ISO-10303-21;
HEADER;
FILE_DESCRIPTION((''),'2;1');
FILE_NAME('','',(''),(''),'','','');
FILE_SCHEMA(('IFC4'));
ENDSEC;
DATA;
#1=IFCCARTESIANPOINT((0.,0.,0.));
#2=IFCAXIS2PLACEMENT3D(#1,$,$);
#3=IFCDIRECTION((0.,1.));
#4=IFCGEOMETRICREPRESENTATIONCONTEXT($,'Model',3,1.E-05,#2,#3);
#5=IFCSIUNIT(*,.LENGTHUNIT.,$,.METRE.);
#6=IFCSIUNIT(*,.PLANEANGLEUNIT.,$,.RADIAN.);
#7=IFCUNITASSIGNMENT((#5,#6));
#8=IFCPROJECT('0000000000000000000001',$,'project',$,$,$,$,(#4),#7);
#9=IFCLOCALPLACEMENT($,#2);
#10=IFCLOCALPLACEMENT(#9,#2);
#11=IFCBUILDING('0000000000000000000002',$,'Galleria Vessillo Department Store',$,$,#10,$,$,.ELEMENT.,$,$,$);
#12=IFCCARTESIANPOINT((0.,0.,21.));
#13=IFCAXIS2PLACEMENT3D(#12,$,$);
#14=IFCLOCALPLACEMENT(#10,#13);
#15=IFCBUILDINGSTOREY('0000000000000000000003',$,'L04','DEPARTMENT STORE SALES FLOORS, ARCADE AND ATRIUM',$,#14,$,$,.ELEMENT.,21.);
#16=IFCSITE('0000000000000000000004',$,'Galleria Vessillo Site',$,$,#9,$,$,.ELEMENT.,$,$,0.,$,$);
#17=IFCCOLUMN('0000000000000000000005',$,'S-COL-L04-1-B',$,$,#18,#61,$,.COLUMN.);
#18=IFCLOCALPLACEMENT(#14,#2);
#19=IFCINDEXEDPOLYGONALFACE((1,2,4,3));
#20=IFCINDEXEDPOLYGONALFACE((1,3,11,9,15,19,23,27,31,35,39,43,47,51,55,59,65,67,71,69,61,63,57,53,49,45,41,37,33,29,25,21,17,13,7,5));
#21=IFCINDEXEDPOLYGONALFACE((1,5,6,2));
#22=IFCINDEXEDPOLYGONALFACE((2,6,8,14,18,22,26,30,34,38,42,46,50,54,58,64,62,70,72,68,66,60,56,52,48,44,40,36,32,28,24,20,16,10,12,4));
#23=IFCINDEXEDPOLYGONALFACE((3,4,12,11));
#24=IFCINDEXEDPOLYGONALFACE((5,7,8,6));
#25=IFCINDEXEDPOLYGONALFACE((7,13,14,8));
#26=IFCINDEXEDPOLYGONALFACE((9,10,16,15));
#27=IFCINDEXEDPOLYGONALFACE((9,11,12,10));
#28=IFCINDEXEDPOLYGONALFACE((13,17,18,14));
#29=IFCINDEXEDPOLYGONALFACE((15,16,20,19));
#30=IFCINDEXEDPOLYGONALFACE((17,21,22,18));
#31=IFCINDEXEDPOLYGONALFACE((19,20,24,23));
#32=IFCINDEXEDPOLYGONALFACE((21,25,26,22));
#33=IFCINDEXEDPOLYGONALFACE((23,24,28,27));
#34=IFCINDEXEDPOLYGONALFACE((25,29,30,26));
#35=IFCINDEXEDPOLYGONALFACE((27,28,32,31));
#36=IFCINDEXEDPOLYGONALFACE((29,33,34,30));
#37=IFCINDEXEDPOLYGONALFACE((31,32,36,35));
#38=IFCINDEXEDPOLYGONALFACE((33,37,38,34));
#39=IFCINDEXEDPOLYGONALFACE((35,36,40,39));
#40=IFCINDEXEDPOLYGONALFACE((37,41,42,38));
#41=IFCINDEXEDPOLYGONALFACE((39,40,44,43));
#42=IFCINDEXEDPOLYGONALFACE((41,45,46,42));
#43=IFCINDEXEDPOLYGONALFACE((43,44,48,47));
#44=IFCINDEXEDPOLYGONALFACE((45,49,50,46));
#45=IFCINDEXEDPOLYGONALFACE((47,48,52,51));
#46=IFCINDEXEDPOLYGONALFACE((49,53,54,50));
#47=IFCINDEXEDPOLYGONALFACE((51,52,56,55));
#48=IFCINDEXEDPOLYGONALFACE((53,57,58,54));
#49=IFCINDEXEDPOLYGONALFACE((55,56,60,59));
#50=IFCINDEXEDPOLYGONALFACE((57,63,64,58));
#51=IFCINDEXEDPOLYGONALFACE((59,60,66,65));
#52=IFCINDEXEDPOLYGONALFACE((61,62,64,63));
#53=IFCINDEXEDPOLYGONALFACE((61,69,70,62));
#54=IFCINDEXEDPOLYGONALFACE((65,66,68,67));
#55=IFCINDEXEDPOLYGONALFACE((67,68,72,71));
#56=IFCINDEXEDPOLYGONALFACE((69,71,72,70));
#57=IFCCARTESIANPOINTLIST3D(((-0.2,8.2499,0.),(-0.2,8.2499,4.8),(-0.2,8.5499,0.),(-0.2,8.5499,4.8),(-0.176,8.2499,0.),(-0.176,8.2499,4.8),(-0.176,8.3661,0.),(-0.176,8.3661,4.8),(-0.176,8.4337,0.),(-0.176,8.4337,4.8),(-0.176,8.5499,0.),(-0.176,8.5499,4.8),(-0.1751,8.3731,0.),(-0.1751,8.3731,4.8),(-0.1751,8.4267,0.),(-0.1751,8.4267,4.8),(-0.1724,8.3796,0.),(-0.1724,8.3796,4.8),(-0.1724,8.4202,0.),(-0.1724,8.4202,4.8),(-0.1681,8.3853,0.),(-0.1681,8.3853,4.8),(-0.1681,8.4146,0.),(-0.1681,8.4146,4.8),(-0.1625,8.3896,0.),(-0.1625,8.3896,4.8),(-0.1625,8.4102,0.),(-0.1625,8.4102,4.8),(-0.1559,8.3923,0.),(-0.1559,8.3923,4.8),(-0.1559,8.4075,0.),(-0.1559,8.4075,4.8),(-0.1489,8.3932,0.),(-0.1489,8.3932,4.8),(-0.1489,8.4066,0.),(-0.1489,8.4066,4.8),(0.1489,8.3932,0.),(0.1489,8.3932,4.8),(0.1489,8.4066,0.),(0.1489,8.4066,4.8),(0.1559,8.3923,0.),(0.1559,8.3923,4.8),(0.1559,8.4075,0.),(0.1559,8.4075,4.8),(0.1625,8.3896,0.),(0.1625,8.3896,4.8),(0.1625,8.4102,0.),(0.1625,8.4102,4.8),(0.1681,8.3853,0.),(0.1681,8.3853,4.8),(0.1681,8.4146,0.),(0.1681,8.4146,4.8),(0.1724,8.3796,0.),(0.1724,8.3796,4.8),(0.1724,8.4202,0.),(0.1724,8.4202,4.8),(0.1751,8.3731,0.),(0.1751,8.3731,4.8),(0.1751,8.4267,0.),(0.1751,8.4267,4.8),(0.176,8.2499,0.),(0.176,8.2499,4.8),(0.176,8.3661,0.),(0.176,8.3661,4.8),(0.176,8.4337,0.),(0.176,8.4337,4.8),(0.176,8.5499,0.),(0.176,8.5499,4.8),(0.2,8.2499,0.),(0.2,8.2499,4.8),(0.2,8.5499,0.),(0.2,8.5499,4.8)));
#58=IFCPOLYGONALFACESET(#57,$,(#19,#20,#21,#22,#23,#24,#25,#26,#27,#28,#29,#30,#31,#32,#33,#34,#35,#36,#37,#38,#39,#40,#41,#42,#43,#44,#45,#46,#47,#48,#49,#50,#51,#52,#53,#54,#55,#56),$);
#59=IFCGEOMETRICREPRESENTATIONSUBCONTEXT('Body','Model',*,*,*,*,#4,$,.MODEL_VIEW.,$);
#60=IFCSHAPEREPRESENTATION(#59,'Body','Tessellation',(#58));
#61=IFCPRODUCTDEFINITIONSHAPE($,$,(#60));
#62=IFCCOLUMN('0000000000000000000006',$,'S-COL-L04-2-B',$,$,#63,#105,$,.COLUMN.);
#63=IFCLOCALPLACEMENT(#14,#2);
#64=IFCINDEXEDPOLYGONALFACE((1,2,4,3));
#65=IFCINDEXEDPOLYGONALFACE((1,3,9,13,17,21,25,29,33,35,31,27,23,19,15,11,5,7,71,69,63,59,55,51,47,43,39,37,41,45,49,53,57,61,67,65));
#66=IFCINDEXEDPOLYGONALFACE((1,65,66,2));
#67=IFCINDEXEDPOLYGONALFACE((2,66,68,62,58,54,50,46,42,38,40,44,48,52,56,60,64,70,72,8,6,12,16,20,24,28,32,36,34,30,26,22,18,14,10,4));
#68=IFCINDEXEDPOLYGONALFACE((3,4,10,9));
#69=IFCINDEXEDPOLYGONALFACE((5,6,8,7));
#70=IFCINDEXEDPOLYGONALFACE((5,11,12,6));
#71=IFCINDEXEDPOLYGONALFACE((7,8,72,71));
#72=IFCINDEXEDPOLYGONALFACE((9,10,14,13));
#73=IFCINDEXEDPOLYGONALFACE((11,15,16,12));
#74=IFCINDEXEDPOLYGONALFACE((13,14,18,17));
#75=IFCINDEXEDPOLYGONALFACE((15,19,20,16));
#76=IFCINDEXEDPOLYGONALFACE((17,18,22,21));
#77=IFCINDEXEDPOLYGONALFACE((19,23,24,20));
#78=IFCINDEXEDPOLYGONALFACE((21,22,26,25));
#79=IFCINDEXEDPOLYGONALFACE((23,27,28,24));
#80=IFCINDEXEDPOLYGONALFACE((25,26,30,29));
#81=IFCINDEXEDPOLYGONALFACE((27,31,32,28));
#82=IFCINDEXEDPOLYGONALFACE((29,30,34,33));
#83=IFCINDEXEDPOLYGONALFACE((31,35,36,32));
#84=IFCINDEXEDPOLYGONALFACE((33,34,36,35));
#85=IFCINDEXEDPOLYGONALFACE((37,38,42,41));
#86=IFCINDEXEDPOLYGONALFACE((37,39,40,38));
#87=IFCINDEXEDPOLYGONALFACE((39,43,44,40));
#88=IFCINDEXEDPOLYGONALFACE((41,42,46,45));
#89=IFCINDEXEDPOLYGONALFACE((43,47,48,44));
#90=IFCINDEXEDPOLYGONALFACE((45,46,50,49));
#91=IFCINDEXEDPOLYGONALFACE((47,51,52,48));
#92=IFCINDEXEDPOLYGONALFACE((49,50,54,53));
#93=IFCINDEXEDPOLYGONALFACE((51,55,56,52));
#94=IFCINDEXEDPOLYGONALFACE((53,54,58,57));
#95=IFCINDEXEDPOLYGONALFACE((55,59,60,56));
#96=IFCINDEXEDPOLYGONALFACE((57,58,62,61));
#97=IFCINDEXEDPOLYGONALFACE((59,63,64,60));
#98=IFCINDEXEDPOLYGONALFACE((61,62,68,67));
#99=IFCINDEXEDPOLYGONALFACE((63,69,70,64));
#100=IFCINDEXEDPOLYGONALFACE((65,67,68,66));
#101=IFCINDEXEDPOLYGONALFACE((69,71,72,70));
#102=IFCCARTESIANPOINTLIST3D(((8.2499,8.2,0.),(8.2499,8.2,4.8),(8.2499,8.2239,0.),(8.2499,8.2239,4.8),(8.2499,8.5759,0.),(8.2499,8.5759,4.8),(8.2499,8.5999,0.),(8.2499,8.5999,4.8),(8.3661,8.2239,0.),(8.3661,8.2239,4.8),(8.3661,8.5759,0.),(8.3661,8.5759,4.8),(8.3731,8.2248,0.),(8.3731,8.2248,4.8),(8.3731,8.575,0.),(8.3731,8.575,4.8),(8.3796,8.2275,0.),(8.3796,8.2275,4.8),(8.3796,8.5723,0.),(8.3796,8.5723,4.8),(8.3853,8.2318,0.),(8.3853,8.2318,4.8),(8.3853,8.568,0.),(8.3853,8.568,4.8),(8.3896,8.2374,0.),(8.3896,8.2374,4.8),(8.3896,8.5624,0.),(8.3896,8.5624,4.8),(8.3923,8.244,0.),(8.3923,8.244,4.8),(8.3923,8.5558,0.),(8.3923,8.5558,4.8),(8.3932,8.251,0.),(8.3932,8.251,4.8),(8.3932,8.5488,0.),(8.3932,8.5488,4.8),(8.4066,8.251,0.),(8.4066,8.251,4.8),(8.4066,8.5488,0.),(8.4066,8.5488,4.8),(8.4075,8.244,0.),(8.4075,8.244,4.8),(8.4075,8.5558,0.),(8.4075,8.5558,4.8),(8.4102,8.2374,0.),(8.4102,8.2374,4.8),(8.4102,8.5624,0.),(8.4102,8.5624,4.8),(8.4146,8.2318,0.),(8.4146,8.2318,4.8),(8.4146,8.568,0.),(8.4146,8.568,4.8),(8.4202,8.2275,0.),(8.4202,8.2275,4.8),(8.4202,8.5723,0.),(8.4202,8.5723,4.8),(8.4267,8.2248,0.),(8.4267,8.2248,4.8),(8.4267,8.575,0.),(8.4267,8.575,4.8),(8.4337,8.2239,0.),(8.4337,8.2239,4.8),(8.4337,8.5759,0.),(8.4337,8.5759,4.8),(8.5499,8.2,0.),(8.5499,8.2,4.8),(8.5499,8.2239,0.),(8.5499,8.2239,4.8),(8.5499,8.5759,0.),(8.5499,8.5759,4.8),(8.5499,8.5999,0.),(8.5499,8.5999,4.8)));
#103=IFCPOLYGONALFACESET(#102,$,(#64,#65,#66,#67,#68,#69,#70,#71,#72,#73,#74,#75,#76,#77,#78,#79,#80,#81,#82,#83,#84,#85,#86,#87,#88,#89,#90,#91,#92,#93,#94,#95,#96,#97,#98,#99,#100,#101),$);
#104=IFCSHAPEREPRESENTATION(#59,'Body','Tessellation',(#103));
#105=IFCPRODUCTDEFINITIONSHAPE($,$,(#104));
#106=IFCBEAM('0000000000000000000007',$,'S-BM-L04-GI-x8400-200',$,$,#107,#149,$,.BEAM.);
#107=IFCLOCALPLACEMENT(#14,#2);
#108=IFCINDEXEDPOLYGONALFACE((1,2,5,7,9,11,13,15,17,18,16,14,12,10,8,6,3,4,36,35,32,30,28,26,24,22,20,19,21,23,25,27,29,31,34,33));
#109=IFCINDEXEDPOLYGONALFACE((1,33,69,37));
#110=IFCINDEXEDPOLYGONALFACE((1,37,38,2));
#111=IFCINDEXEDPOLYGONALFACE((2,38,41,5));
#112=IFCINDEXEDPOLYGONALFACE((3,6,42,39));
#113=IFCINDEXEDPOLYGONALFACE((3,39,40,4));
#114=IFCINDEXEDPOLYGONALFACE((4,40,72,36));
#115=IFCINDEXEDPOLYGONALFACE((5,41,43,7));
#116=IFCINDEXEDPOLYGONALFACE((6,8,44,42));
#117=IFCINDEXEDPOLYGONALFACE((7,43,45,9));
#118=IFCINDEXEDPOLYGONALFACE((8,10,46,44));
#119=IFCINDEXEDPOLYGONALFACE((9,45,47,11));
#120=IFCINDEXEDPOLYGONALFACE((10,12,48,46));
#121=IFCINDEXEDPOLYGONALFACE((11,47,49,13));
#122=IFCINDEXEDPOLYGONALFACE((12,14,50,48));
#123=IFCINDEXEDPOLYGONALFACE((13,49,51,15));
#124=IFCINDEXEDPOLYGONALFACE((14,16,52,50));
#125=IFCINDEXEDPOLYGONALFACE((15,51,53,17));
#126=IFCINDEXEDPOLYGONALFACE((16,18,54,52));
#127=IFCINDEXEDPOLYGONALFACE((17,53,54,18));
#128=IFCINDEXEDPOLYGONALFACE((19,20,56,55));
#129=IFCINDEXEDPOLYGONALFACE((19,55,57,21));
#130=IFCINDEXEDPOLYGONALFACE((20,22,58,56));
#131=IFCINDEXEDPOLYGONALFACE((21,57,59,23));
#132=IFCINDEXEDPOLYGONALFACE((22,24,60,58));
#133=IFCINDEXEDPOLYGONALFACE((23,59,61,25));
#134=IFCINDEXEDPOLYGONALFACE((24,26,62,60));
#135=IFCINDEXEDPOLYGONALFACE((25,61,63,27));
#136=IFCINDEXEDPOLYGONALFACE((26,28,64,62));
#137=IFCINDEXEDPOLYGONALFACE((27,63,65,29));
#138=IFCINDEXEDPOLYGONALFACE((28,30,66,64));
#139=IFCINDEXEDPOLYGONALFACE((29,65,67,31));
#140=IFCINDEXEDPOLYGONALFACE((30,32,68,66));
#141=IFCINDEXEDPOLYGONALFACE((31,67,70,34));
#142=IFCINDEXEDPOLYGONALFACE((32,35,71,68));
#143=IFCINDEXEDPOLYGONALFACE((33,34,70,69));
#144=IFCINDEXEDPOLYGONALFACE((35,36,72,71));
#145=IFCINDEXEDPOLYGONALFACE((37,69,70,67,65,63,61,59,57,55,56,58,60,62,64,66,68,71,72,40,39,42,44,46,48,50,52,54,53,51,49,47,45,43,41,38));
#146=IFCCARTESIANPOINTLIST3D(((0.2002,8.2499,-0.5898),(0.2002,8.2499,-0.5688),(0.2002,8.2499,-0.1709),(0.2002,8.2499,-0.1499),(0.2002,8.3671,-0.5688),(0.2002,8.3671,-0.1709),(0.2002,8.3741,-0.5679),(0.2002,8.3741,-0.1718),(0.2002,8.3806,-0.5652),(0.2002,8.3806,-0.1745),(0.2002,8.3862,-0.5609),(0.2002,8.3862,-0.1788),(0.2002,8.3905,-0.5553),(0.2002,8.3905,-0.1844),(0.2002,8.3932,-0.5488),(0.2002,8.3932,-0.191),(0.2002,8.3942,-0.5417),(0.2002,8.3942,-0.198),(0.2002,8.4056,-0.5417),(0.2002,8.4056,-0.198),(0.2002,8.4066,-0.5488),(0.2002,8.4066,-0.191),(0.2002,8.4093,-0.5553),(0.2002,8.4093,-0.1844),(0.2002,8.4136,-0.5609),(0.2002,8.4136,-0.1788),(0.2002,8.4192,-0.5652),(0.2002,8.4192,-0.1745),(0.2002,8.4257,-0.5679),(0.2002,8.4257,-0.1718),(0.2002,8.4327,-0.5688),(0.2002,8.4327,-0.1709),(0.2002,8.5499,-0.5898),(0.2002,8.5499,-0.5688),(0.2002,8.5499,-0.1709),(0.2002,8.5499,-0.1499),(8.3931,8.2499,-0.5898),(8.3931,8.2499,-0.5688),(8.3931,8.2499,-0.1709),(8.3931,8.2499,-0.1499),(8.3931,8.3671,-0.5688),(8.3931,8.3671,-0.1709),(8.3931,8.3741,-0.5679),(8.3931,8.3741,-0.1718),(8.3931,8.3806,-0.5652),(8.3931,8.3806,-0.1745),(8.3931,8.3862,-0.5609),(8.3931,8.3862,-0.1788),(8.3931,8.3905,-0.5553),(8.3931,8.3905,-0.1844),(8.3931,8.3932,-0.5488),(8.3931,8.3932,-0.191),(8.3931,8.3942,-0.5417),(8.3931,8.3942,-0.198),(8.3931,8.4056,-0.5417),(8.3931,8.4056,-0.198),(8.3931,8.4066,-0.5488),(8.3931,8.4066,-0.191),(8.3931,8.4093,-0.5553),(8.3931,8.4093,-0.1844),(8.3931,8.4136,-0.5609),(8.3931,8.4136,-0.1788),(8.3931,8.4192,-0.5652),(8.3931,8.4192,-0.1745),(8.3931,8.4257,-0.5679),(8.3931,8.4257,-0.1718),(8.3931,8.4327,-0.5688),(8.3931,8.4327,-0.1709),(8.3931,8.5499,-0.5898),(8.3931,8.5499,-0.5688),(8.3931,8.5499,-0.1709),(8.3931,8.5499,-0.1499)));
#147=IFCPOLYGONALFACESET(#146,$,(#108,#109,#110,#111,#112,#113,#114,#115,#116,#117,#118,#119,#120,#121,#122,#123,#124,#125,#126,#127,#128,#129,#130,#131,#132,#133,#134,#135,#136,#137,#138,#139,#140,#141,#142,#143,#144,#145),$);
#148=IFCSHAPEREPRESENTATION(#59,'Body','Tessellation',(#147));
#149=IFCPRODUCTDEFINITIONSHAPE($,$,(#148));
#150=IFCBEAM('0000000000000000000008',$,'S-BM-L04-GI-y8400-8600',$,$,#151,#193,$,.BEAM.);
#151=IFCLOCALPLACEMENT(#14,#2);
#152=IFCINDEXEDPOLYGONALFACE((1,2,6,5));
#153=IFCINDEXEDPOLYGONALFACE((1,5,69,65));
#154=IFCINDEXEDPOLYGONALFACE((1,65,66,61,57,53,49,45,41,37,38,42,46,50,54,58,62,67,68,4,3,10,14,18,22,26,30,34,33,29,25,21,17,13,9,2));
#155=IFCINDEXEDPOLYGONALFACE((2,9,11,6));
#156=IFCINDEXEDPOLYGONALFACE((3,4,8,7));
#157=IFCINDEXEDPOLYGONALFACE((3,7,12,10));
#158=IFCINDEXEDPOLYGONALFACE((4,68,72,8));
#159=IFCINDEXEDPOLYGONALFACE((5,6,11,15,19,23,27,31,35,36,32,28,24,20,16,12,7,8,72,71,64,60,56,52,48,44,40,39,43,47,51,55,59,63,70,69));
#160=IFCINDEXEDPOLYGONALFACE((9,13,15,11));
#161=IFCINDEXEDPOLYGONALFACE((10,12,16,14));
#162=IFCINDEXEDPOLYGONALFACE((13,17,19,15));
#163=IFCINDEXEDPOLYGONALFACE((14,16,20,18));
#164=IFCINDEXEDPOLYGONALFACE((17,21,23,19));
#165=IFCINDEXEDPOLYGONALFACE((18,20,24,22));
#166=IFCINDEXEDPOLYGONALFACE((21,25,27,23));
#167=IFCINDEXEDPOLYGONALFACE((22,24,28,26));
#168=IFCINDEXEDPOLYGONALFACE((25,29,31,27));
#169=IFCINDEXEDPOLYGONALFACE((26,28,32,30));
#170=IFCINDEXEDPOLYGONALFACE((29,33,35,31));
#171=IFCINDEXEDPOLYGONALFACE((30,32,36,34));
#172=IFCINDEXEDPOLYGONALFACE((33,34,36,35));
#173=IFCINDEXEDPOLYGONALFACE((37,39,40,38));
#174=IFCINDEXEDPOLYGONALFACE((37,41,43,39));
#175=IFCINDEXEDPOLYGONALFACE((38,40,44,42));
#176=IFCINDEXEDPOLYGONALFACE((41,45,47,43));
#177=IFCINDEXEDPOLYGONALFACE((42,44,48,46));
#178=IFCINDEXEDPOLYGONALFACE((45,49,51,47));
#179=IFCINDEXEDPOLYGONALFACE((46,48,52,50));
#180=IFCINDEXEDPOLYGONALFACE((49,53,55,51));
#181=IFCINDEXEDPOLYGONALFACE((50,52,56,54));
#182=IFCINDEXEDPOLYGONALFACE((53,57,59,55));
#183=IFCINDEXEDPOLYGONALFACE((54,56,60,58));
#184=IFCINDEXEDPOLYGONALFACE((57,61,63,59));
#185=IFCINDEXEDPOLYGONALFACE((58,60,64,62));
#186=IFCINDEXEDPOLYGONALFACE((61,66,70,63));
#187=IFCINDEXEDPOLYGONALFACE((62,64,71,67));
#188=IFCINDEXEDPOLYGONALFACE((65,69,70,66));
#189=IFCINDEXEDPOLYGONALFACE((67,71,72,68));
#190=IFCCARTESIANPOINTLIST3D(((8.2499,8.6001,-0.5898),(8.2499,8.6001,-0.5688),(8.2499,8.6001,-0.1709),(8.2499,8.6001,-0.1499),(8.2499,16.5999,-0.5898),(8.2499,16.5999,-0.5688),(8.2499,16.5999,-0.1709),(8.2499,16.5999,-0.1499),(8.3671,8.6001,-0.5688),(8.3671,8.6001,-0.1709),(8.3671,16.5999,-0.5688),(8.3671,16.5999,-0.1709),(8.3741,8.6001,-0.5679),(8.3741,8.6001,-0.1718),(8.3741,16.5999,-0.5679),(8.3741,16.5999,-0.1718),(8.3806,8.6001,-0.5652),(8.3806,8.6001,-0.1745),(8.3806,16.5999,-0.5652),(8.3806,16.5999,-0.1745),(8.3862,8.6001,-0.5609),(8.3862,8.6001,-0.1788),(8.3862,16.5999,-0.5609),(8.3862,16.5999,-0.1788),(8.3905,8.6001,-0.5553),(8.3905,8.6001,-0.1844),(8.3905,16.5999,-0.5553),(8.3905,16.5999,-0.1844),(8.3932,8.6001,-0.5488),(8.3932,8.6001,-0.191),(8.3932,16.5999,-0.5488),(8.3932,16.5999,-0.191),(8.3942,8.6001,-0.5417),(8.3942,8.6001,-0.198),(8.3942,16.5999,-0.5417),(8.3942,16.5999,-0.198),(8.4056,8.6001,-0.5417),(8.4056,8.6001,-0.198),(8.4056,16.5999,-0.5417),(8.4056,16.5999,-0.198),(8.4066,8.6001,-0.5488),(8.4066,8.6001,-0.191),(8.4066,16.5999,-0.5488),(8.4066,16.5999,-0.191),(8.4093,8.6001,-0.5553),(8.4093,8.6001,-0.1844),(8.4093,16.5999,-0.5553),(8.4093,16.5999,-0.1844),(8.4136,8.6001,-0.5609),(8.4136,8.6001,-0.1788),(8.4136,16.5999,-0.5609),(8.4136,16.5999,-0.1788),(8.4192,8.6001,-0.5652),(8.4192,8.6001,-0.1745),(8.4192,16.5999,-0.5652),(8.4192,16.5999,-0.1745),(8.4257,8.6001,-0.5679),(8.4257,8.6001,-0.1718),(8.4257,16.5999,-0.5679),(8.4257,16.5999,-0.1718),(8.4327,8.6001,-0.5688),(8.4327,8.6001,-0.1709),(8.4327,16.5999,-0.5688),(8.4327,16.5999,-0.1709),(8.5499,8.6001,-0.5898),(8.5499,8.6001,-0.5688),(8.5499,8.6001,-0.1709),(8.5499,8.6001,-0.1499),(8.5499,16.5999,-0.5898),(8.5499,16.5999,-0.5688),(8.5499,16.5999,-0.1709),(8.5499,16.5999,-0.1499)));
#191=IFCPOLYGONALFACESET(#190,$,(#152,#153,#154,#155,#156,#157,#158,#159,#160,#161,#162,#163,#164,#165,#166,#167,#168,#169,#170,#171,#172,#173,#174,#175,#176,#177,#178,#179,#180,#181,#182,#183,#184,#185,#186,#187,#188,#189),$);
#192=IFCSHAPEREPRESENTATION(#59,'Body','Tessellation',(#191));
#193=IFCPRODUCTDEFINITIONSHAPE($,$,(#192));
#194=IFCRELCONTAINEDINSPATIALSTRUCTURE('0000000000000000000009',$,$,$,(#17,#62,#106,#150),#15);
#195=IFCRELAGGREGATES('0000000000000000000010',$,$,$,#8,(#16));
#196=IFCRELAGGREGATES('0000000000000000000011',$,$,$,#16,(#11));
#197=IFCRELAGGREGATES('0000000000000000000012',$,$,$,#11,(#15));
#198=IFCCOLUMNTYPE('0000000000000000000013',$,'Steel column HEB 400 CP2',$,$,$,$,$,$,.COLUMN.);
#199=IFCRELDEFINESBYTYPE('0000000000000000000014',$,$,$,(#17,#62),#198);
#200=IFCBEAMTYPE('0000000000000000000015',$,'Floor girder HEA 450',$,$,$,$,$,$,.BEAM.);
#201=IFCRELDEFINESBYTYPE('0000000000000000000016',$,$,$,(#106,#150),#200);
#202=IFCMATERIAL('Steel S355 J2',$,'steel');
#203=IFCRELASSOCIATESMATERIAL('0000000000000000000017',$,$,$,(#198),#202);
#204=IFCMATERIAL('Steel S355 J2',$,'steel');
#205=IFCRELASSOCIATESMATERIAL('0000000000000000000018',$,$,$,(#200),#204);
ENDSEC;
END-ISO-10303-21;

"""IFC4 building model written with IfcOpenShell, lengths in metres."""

from ifc_helpers import new_model, si_unit, direction, frame, origin, origin_2d, place, context, subcontext, project, spatial, i_section, extrude, material, material_profile, profile_set, type_object, element, save


model = new_model("IFC4")

# Units and contexts
model_context = context("Model", 3, precision=1e-05, world=origin(), true_north=direction((0.0, 1.0)))
body_context = subcontext(model_context, "Body", "Model", "MODEL_VIEW")
ifc_project = project(units=[si_unit("LENGTHUNIT", "METRE"), si_unit("PLANEANGLEUNIT", "RADIAN")], contexts=[model_context])

# Site, building, storey
site_placement = place(None, origin())
site = spatial("IfcSite", under=ifc_project, at=site_placement, Name="Galleria Vessillo Site", CompositionType="ELEMENT", RefElevation=0.0)
building_placement = place(site_placement, origin())
building = spatial("IfcBuilding", under=site, at=building_placement, Name="Galleria Vessillo Department Store", CompositionType="ELEMENT")
storey_placement = place(building_placement, frame((0.0, 0.0, 21.0)))
storey = spatial("IfcBuildingStorey", under=building, at=storey_placement, Name="L04", Description="DEPARTMENT STORE SALES FLOORS, ARCADE AND ATRIUM", CompositionType="ELEMENT", Elevation=21.0)

# Columns
ifc_material_1 = material(Name="Steel S355 J2", Category="steel")
ifc_material_profile_1 = material_profile(ifc_material_1, i_section(OverallWidth=0.3, OverallDepth=0.3999, WebThickness=0.0134, FlangeThickness=0.0239, FilletRadius=0.0271, at=origin_2d()), Name="HEB 400")
ifc_profile_set_1 = profile_set([ifc_material_profile_1], Name="Steel S355 J2")
column_type = type_object("IfcColumnType", Name="Steel column HEB 400 CP2", PredefinedType="COLUMN", material=ifc_profile_set_1)
for number, where, z_axis, x_axis, name in (
    (1, (0.0, 8.3999, 0.0), (0.0, 0.0, 1.0), (0.0, 1.0, 0.0), "S-COL-L04-1-B"),
    (2, (8.3999, 8.3999, 0.0), (0.0, 0.0, 1.0), (1.0, 0.0, 0.0), "S-COL-L04-2-B"),
):
    element("IfcColumn", number, at=place(storey_placement, frame(where, z_axis=z_axis, x_axis=x_axis)), inside=storey, type_object=column_type, Name=name, PredefinedType="COLUMN", context=body_context, shape_type="SweptSolid", body=[
        extrude(i_section(OverallWidth=0.3, OverallDepth=0.3999, WebThickness=0.0134, FlangeThickness=0.0239, FilletRadius=0.0271, at=origin_2d()), origin(), (0.0, 0.0, 1.0), 4.8),
    ])

# Beams
ifc_material_2 = material(Name="Steel S355 J2", Category="steel")
ifc_material_profile_2 = material_profile(ifc_material_2, i_section(OverallWidth=0.3, OverallDepth=0.4399, WebThickness=0.0115, FlangeThickness=0.021, FilletRadius=0.0271, at=origin_2d()), Name="HEA 450")
ifc_profile_set_2 = profile_set([ifc_material_profile_2], Name="Steel S355 J2")
beam_type_1 = type_object("IfcBeamType", Name="Floor girder HEA 450", PredefinedType="BEAM", material=ifc_profile_set_2)
beam_1_placement = place(storey_placement, frame((0.2002, 8.3999, -0.3699), z_axis=(1.0, 0.0, 0.0), x_axis=(0.0, 1.0, 0.0)))
element("IfcBeam", 3, at=beam_1_placement, inside=storey, type_object=beam_type_1, Name="S-BM-L04-GI-x8400-200", PredefinedType="BEAM", context=body_context, shape_type="SweptSolid", body=[
    extrude(i_section(OverallWidth=0.3, OverallDepth=0.4399, WebThickness=0.0115, FlangeThickness=0.021, FilletRadius=0.0271, at=origin_2d()), origin(), (0.0, 0.0, 1.0), 8.1929),
])
beam_2_placement = place(storey_placement, frame((8.3999, 8.6001, -0.3699), z_axis=(0.0, 1.0, 0.0), x_axis=(-1.0, 0.0, 0.0)))
element("IfcBeam", 4, at=beam_2_placement, inside=storey, type_object=beam_type_1, Name="S-BM-L04-GI-y8400-8600", PredefinedType="BEAM", context=body_context, shape_type="SweptSolid", body=[
    extrude(i_section(OverallWidth=0.3, OverallDepth=0.4399, WebThickness=0.0115, FlangeThickness=0.021, FilletRadius=0.0271, at=origin_2d()), origin(), (0.0, 0.0, 1.0), 7.9998),
])

save(model, "model.ifc")
